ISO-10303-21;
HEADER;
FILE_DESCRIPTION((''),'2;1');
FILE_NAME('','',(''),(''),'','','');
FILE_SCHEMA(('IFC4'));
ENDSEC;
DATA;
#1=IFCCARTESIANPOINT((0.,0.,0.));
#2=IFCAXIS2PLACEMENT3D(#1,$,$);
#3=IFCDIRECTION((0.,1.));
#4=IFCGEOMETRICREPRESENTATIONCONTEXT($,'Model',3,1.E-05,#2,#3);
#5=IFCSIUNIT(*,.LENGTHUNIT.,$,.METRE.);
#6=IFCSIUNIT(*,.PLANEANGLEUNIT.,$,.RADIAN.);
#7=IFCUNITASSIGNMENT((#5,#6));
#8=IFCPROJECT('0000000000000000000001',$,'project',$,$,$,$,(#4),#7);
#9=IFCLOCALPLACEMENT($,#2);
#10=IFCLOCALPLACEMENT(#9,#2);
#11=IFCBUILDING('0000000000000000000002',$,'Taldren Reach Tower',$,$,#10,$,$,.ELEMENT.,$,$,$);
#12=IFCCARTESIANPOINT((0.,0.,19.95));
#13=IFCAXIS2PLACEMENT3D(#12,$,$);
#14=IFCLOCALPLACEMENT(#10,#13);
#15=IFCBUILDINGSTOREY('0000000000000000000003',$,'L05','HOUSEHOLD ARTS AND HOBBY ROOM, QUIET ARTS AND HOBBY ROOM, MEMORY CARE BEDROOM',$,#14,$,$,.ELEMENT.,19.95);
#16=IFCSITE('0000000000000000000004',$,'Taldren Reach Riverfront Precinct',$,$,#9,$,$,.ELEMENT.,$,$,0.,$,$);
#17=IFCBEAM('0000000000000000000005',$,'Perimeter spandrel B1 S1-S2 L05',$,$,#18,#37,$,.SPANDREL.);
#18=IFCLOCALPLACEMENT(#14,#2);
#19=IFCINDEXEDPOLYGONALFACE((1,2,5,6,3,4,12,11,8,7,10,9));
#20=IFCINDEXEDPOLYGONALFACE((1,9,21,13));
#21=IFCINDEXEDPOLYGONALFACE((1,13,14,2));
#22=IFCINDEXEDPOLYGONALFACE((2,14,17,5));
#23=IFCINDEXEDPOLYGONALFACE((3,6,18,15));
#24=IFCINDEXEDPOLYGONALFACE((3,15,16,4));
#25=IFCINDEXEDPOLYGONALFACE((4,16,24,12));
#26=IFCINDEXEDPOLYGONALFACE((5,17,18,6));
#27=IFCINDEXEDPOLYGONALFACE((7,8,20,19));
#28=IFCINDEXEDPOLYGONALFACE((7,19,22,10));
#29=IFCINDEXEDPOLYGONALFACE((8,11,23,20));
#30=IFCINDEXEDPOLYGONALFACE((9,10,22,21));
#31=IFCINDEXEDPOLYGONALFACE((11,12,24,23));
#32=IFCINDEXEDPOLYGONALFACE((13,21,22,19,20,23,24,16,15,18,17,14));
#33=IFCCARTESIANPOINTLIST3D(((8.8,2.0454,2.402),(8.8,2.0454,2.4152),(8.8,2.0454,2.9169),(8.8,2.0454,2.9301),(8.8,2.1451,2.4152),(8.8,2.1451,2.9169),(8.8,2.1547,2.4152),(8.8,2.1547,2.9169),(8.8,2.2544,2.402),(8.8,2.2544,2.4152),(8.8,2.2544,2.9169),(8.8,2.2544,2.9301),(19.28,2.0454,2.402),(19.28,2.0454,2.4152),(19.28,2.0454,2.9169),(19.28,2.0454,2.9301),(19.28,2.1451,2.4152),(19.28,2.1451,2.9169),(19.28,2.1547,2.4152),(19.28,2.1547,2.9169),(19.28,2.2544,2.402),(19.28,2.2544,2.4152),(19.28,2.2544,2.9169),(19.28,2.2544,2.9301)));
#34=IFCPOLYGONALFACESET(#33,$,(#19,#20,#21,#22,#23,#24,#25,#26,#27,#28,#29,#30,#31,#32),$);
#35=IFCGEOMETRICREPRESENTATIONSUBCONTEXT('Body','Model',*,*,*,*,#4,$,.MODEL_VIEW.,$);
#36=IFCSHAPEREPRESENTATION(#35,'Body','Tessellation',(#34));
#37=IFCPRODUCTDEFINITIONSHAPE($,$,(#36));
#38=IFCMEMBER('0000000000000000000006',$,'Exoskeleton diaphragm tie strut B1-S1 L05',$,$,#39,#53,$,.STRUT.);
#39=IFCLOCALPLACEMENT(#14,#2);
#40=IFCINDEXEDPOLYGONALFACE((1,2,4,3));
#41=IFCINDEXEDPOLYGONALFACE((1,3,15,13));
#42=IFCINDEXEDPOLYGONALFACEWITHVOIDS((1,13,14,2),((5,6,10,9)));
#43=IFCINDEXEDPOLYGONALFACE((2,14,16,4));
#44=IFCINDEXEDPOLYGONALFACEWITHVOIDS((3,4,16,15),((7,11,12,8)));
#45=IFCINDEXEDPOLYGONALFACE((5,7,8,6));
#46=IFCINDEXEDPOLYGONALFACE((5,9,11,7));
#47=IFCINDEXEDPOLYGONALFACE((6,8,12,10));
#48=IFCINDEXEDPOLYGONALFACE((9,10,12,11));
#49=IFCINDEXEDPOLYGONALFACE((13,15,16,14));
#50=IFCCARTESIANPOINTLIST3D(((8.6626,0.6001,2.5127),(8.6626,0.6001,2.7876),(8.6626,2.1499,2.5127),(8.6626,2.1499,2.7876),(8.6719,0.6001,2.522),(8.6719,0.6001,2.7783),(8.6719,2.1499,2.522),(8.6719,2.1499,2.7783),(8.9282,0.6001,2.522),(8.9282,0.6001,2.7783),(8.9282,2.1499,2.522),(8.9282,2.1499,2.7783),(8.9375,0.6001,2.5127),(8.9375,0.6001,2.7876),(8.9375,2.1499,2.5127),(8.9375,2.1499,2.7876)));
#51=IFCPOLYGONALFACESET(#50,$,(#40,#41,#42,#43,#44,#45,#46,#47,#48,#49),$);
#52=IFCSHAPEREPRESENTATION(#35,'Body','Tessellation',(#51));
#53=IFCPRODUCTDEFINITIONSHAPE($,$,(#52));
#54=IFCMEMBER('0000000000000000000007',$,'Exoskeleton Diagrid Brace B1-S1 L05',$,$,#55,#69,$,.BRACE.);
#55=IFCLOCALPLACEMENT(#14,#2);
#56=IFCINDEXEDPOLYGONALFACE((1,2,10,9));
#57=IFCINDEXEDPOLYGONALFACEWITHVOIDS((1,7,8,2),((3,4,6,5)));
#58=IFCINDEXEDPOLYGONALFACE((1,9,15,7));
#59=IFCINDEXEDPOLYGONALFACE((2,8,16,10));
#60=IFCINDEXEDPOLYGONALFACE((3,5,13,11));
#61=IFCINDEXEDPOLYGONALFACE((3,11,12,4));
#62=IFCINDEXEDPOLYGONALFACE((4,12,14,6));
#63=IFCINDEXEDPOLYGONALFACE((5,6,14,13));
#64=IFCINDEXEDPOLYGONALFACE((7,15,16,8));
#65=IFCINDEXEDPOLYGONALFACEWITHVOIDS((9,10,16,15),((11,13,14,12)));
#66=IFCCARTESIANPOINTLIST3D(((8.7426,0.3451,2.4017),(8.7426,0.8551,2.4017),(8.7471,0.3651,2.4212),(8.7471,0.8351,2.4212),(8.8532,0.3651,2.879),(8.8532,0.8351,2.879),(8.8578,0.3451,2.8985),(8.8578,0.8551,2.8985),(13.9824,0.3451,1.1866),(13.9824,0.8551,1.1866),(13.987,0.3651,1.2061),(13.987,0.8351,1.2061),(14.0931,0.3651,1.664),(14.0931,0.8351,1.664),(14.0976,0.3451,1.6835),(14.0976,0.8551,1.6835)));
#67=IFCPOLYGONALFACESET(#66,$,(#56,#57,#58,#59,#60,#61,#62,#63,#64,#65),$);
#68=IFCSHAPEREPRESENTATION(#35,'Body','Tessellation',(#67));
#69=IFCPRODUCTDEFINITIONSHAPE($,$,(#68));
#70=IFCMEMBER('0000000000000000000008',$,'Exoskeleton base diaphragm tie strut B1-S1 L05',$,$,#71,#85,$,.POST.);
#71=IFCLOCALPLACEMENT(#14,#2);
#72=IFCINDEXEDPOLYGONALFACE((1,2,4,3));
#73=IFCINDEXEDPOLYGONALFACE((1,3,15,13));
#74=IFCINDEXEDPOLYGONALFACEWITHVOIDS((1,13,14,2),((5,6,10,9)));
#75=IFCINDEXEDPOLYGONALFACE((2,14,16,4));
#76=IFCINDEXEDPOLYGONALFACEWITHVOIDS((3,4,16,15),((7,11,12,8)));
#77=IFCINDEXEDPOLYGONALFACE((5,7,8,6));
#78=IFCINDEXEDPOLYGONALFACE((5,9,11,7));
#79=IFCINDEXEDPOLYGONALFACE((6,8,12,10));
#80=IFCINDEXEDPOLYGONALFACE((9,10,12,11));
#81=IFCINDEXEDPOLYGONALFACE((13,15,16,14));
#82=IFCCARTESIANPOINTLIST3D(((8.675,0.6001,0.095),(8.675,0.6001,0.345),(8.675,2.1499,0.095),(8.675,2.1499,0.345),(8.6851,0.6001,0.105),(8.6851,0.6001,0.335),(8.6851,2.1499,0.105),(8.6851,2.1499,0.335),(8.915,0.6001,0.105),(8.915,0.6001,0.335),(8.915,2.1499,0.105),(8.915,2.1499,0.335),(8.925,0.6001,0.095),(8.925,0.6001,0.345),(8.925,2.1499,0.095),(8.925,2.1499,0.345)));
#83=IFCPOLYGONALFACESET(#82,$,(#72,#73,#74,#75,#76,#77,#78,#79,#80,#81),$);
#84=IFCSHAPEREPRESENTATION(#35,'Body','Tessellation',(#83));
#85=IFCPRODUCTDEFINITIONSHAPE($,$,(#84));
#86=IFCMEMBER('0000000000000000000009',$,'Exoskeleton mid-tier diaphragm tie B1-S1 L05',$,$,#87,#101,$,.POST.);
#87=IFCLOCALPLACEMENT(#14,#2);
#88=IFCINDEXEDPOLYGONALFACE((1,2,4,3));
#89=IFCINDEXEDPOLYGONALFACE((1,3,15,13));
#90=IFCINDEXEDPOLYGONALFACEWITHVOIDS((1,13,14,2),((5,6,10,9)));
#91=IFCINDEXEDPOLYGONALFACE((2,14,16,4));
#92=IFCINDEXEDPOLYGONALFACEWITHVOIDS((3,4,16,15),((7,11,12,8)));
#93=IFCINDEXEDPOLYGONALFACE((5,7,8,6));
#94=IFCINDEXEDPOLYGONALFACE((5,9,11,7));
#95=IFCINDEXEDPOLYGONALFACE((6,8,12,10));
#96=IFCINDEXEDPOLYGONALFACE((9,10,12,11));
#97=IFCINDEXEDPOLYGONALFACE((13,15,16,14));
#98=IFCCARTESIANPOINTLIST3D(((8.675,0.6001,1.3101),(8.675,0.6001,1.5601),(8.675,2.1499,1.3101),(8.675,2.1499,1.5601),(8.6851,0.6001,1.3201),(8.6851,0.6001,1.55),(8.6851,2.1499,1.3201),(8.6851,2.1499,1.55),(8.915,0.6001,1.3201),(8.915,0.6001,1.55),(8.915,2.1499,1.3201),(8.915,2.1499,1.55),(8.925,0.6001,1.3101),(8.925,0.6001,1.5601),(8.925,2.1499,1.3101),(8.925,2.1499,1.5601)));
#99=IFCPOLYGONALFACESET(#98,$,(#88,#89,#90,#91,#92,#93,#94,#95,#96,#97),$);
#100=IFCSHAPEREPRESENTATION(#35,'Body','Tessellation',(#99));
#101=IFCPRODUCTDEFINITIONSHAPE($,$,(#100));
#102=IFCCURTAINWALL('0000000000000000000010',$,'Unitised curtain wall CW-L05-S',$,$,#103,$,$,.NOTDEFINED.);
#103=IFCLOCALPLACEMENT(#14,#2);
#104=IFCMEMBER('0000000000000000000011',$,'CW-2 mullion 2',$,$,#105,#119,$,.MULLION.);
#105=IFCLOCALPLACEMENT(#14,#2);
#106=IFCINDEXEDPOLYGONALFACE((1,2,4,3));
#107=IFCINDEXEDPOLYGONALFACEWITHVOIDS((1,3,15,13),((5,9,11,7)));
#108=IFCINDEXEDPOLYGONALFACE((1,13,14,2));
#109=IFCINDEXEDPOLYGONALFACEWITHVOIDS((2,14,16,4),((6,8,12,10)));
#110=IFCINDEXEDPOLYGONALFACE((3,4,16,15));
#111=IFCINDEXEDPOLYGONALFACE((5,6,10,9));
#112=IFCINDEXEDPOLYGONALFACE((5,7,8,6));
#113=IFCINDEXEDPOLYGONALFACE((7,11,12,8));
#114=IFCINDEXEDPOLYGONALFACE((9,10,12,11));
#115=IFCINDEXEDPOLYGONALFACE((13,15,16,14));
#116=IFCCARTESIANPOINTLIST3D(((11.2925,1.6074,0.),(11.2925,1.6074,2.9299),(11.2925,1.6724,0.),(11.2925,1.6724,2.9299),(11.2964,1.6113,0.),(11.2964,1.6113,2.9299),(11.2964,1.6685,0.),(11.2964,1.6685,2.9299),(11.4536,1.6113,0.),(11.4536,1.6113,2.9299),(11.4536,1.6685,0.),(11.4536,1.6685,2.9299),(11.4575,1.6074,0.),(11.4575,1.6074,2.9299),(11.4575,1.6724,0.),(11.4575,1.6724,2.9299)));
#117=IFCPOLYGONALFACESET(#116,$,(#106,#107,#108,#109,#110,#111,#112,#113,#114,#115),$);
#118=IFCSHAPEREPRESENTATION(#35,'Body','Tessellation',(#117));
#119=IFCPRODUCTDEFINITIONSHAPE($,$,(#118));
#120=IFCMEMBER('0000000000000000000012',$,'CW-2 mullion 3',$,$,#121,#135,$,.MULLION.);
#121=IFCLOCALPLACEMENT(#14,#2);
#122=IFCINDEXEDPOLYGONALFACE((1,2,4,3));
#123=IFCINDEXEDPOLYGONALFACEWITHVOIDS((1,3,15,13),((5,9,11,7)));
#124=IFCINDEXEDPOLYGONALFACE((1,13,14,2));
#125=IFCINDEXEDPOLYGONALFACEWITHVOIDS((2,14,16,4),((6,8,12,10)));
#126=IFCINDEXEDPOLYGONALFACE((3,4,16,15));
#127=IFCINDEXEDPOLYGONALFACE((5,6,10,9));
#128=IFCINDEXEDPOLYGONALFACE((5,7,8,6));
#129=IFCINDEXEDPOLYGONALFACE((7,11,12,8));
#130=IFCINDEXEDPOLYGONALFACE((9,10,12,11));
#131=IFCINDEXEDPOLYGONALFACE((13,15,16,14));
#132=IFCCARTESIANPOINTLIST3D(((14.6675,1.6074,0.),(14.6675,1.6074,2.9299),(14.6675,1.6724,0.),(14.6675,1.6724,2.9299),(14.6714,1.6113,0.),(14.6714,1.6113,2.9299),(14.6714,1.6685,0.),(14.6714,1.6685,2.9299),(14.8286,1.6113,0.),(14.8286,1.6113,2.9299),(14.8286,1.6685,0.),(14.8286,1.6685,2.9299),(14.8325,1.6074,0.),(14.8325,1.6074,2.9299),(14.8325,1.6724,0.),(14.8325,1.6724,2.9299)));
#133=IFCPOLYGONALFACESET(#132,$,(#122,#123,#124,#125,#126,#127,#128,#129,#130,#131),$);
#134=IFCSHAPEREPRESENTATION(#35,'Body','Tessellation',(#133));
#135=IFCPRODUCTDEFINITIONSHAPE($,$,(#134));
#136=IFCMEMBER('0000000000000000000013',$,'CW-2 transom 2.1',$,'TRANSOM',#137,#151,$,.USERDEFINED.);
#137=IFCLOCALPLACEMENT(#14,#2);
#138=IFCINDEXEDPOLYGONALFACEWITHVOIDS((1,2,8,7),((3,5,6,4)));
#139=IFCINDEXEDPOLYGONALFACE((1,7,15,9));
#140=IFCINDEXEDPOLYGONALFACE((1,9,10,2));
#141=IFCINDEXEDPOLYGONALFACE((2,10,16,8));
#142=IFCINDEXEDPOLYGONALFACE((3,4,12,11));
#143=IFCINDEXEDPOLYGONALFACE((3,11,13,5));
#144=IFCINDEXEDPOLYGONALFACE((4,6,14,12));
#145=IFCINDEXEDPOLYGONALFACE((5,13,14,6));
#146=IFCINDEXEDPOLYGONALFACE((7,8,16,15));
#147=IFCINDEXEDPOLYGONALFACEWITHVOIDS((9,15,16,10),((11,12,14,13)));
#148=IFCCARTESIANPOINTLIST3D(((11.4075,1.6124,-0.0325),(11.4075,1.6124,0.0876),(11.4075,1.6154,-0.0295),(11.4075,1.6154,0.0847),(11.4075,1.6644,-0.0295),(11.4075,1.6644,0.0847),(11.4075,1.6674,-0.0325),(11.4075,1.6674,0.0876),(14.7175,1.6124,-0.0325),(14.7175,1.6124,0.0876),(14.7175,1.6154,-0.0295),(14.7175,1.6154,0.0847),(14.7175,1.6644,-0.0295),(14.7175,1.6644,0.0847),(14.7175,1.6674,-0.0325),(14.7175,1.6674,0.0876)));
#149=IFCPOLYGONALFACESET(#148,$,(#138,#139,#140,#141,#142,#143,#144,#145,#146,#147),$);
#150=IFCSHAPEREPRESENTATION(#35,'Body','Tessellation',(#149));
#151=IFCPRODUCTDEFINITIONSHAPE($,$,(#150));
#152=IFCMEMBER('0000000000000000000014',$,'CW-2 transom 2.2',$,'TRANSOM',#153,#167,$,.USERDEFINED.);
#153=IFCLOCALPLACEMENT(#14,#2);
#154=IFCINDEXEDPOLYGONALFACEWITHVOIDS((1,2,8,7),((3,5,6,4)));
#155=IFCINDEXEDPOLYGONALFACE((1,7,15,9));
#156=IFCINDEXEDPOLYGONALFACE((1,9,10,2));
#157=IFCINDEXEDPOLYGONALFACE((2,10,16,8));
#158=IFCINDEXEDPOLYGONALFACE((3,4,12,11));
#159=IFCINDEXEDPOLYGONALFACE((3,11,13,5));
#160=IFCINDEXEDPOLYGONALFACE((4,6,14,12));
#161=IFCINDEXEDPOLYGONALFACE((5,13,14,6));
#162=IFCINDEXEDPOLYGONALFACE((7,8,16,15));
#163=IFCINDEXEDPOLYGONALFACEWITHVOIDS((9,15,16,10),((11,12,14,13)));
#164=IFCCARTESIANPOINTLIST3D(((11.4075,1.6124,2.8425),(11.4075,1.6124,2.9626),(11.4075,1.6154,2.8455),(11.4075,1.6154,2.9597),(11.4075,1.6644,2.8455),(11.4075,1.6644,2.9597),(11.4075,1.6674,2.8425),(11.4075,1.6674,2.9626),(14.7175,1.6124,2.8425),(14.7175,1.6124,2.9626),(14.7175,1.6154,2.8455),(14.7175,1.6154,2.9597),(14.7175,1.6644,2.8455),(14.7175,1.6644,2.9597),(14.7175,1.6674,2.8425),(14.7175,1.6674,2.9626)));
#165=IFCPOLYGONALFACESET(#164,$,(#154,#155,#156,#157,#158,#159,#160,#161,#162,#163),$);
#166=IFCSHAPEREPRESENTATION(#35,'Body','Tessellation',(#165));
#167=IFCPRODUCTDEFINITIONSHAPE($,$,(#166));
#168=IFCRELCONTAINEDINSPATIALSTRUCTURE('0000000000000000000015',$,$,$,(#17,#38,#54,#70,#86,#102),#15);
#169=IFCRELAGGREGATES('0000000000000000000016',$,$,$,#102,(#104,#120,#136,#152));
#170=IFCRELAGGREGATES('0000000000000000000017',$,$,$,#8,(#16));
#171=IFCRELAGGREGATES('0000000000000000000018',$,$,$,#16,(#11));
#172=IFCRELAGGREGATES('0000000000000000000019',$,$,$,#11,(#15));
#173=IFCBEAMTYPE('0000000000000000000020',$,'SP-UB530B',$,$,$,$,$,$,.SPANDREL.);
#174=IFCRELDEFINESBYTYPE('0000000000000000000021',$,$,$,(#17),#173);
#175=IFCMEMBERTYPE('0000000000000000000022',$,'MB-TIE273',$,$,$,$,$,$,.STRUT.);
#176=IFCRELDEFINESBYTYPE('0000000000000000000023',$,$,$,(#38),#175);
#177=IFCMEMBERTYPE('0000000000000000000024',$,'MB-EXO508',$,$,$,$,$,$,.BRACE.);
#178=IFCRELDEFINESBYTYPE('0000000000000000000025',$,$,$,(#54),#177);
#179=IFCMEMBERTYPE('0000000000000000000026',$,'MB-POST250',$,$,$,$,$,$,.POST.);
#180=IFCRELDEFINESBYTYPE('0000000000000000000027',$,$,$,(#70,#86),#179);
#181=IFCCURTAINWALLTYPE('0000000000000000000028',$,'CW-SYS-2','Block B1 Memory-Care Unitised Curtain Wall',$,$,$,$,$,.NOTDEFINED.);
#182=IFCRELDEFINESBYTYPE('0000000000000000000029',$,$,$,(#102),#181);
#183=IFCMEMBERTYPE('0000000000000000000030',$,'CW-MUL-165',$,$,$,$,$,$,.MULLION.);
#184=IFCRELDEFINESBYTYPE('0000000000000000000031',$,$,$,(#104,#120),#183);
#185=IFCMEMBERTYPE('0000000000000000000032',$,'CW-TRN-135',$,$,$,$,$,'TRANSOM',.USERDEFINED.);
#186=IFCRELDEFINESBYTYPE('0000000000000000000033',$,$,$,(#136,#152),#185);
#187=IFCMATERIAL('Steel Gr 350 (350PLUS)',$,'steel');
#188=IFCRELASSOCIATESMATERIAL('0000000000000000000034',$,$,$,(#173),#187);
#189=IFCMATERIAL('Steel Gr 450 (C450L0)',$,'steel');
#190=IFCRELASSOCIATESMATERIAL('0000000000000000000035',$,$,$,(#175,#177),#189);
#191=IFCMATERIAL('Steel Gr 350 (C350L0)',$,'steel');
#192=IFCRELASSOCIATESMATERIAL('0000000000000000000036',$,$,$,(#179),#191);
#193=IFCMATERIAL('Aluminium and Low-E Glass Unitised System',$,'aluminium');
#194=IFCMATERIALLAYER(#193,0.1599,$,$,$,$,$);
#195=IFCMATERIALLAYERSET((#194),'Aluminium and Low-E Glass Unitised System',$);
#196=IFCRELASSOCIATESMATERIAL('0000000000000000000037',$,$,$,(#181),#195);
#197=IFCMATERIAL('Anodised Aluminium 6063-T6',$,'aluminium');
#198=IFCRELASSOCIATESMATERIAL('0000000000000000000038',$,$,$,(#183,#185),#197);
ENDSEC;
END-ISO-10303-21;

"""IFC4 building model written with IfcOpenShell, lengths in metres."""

from ifc_helpers import new_model, si_unit, direction, frame, origin, origin_2d, place, context, subcontext, project, spatial, hollow_rectangle, i_section, extrude, source, transform, mapped, material, layer, layer_set, material_profile, profile_set, type_object, element, aggregate, save


model = new_model("IFC4")

# Units and contexts
model_context = context("Model", 3, precision=1e-05, world=origin(), true_north=direction((0.0, 1.0)))
body_context = subcontext(model_context, "Body", "Model", "MODEL_VIEW")
ifc_project = project(units=[si_unit("LENGTHUNIT", "METRE"), si_unit("PLANEANGLEUNIT", "RADIAN")], contexts=[model_context])

# Site, building, storey
site_placement = place(None, origin())
site = spatial("IfcSite", under=ifc_project, at=site_placement, Name="Taldren Reach Riverfront Precinct", CompositionType="ELEMENT", RefElevation=0.0)
building_placement = place(site_placement, origin())
building = spatial("IfcBuilding", under=site, at=building_placement, Name="Taldren Reach Tower", CompositionType="ELEMENT")
storey_placement = place(building_placement, frame((0.0, 0.0, 19.95)))
storey = spatial("IfcBuildingStorey", under=building, at=storey_placement, Name="L05", Description="HOUSEHOLD ARTS AND HOBBY ROOM, QUIET ARTS AND HOBBY ROOM, MEMORY CARE BEDROOM", CompositionType="ELEMENT", Elevation=19.95)

# Beam
ifc_material_1 = material(Name="Steel Gr 350 (350PLUS)", Category="steel")
ifc_material_profile_1 = material_profile(ifc_material_1, i_section(OverallWidth=0.209, OverallDepth=0.5281, WebThickness=0.0095, FlangeThickness=0.0132, at=origin_2d()), Name="530UB82.0")
ifc_profile_set_1 = profile_set([ifc_material_profile_1], Name="Steel Gr 350 (350PLUS)")
beam_type = type_object("IfcBeamType", Name="SP-UB530B", PredefinedType="SPANDREL", material=ifc_profile_set_1)
shared_shape_1 = source(origin(), body_context, "Body", "SweptSolid", [
    extrude(i_section(OverallWidth=0.209, OverallDepth=0.5281, WebThickness=0.0095, FlangeThickness=0.0132, at=origin_2d()), origin(), (0.0, 0.0, 1.0), 10.48),
])
beam_placement = place(storey_placement, frame((8.8, 2.1499, 2.666), z_axis=(1.0, 0.0, 0.0), x_axis=(0.0, 1.0, 0.0)))
element("IfcBeam", 1, at=beam_placement, inside=storey, type_object=beam_type, Name="Perimeter spandrel B1 S1-S2 L05", PredefinedType="SPANDREL", context=body_context, shape_type="MappedRepresentation", body=[
    mapped(shared_shape_1, transform((0.0, 0.0, 0.0), scale=1.0)),
])

# Members
ifc_material_2 = material(Name="Steel Gr 450 (C450L0)", Category="steel")
ifc_material_profile_2 = material_profile(ifc_material_2, hollow_rectangle(XDim=0.2749, YDim=0.2749, WallThickness=0.0093, at=origin_2d()), Name="275x275x9.3SHS")
ifc_profile_set_2 = profile_set([ifc_material_profile_2], Name="Steel Gr 450 (C450L0)")
member_type_1 = type_object("IfcMemberType", Name="MB-TIE273", PredefinedType="STRUT", material=ifc_profile_set_2)
shared_shape_2 = source(origin(), body_context, "Body", "SweptSolid", [
    extrude(hollow_rectangle(XDim=0.2749, YDim=0.2749, WallThickness=0.0093, at=origin_2d()), origin(), (0.0, 0.0, 1.0), 1.5498),
])
member_1_placement = place(storey_placement, frame((8.8, 2.1499, 2.6501), z_axis=(0.0, -1.0, 0.0), x_axis=(1.0, 0.0, 0.0)))
element("IfcMember", 2, at=member_1_placement, inside=storey, type_object=member_type_1, Name="Exoskeleton diaphragm tie strut B1-S1 L05", PredefinedType="STRUT", context=body_context, shape_type="MappedRepresentation", body=[
    mapped(shared_shape_2, transform((0.0, 0.0, 0.0), scale=1.0)),
])
ifc_material_profile_3 = material_profile(ifc_material_2, hollow_rectangle(XDim=0.51, YDim=0.51, WallThickness=0.02, at=origin_2d()), Name="510x510x20.0SHS")
ifc_profile_set_3 = profile_set([ifc_material_profile_3], Name="Steel Gr 450 (C450L0)")
member_type_2 = type_object("IfcMemberType", Name="MB-EXO508", PredefinedType="BRACE", material=ifc_profile_set_3)
shared_shape_3 = source(origin(), body_context, "Body", "SweptSolid", [
    extrude(hollow_rectangle(XDim=0.51, YDim=0.51, WallThickness=0.02, at=origin_2d()), origin(), (0.0, 0.0, 1.0), 5.3789),
])
member_2_placement = place(storey_placement, frame((14.04, 0.6001, 1.4351), z_axis=(-0.974152, 0.0, 0.225894), x_axis=(0.0, -1.0, 0.0)))
element("IfcMember", 3, at=member_2_placement, inside=storey, type_object=member_type_2, Name="Exoskeleton Diagrid Brace B1-S1 L05", PredefinedType="BRACE", context=body_context, shape_type="MappedRepresentation", body=[
    mapped(shared_shape_3, transform((0.0, 0.0, 0.0), scale=1.0)),
])
ifc_material_3 = material(Name="Steel Gr 350 (C350L0)", Category="steel")
ifc_material_profile_4 = material_profile(ifc_material_3, hollow_rectangle(XDim=0.25, YDim=0.25, WallThickness=0.01, at=origin_2d()), Name="250x250x10.0SHS")
ifc_profile_set_4 = profile_set([ifc_material_profile_4], Name="Steel Gr 350 (C350L0)")
member_type_3 = type_object("IfcMemberType", Name="MB-POST250", PredefinedType="POST", material=ifc_profile_set_4)
shared_shape_4 = source(origin(), body_context, "Body", "SweptSolid", [
    extrude(hollow_rectangle(XDim=0.25, YDim=0.25, WallThickness=0.01, at=origin_2d()), origin(), (0.0, 0.0, 1.0), 1.5498),
])
for number, where, z_axis, x_axis, name in (
    (4, (8.8, 2.1499, 0.22), (0.0, -1.0, 0.0), (1.0, 0.0, 0.0), "Exoskeleton base diaphragm tie strut B1-S1 L05"),
    (5, (8.8, 2.1499, 1.4351), (0.0, -1.0, 0.0), (1.0, 0.0, 0.0), "Exoskeleton mid-tier diaphragm tie B1-S1 L05"),
):
    element("IfcMember", number, at=place(storey_placement, frame(where, z_axis=z_axis, x_axis=x_axis)), inside=storey, type_object=member_type_3, Name=name, PredefinedType="POST", context=body_context, shape_type="MappedRepresentation", body=[
        mapped(shared_shape_4, transform((0.0, 0.0, 0.0), scale=1.0)),
    ])

# Curtain wall, members
ifc_material_4 = material(Name="Aluminium and Low-E Glass Unitised System", Category="aluminium")
ifc_layer_1 = layer(ifc_material_4, 0.1599)
ifc_layer_set_1 = layer_set([ifc_layer_1], Name="Aluminium and Low-E Glass Unitised System")
curtain_wall_type = type_object("IfcCurtainWallType", Name="CW-SYS-2", Description="Block B1 Memory-Care Unitised Curtain Wall", PredefinedType="NOTDEFINED", material=ifc_layer_set_1)
curtain_wall_placement = place(storey_placement, origin())
curtain_wall = element("IfcCurtainWall", 6, at=curtain_wall_placement, inside=storey, type_object=curtain_wall_type, Name="Unitised curtain wall CW-L05-S", PredefinedType="NOTDEFINED")
ifc_material_5 = material(Name="Anodised Aluminium 6063-T6", Category="aluminium")
ifc_material_profile_5 = material_profile(ifc_material_5, hollow_rectangle(XDim=0.0649, YDim=0.165, WallThickness=0.0039, at=origin_2d()), Name="ALU-165x65x4RHS")
ifc_profile_set_5 = profile_set([ifc_material_profile_5], Name="Anodised Aluminium 6063-T6")
member_type_4 = type_object("IfcMemberType", Name="CW-MUL-165", PredefinedType="MULLION", material=ifc_profile_set_5)
shared_shape_5 = source(origin(), body_context, "Body", "SweptSolid", [
    extrude(hollow_rectangle(XDim=0.0649, YDim=0.165, WallThickness=0.0039, at=origin_2d()), origin(), (0.0, 0.0, 1.0), 2.9299),
])
member_3_placement = place(storey_placement, frame((11.375, 1.6399, 0.0), z_axis=(0.0, 0.0, 1.0), x_axis=(0.0, 1.0, 0.0)))
member_3 = element("IfcMember", 7, at=member_3_placement, type_object=member_type_4, Name="CW-2 mullion 2", PredefinedType="MULLION", context=body_context, shape_type="MappedRepresentation", body=[
    mapped(shared_shape_5, transform((0.0, 0.0, 0.0), scale=1.0)),
])
member_4_placement = place(storey_placement, frame((14.75, 1.6399, 0.0), z_axis=(0.0, 0.0, 1.0), x_axis=(0.0, 1.0, 0.0)))
member_4 = element("IfcMember", 8, at=member_4_placement, type_object=member_type_4, Name="CW-2 mullion 3", PredefinedType="MULLION", context=body_context, shape_type="MappedRepresentation", body=[
    mapped(shared_shape_5, transform((0.0, 0.0, 0.0), scale=1.0)),
])
ifc_material_profile_6 = material_profile(ifc_material_5, hollow_rectangle(XDim=0.0549, YDim=0.1201, WallThickness=0.0029, at=origin_2d()), Name="ALU-120x55x3RHS")
ifc_profile_set_6 = profile_set([ifc_material_profile_6], Name="Anodised Aluminium 6063-T6")
member_type_5 = type_object("IfcMemberType", Name="CW-TRN-135", ElementType="TRANSOM", PredefinedType="USERDEFINED", material=ifc_profile_set_6)
shared_shape_6 = source(origin(), body_context, "Body", "SweptSolid", [
    extrude(hollow_rectangle(XDim=0.0549, YDim=0.1201, WallThickness=0.0029, at=origin_2d()), origin(), (0.0, 0.0, 1.0), 3.3101),
])
member_5_placement = place(storey_placement, frame((11.4075, 1.6399, 0.0276), z_axis=(1.0, 0.0, 0.0), x_axis=(0.0, 1.0, 0.0)))
member_5 = element("IfcMember", 9, at=member_5_placement, type_object=member_type_5, Name="CW-2 transom 2.1", ObjectType="TRANSOM", PredefinedType="USERDEFINED", context=body_context, shape_type="MappedRepresentation", body=[
    mapped(shared_shape_6, transform((0.0, 0.0, 0.0), scale=1.0)),
])
member_6_placement = place(storey_placement, frame((11.4075, 1.6399, 2.9026), z_axis=(1.0, 0.0, 0.0), x_axis=(0.0, 1.0, 0.0)))
member_6 = element("IfcMember", 10, at=member_6_placement, type_object=member_type_5, Name="CW-2 transom 2.2", ObjectType="TRANSOM", PredefinedType="USERDEFINED", context=body_context, shape_type="MappedRepresentation", body=[
    mapped(shared_shape_6, transform((0.0, 0.0, 0.0), scale=1.0)),
])
aggregate(curtain_wall, [member_3, member_4, member_5, member_6])

save(model, "model.ifc")
